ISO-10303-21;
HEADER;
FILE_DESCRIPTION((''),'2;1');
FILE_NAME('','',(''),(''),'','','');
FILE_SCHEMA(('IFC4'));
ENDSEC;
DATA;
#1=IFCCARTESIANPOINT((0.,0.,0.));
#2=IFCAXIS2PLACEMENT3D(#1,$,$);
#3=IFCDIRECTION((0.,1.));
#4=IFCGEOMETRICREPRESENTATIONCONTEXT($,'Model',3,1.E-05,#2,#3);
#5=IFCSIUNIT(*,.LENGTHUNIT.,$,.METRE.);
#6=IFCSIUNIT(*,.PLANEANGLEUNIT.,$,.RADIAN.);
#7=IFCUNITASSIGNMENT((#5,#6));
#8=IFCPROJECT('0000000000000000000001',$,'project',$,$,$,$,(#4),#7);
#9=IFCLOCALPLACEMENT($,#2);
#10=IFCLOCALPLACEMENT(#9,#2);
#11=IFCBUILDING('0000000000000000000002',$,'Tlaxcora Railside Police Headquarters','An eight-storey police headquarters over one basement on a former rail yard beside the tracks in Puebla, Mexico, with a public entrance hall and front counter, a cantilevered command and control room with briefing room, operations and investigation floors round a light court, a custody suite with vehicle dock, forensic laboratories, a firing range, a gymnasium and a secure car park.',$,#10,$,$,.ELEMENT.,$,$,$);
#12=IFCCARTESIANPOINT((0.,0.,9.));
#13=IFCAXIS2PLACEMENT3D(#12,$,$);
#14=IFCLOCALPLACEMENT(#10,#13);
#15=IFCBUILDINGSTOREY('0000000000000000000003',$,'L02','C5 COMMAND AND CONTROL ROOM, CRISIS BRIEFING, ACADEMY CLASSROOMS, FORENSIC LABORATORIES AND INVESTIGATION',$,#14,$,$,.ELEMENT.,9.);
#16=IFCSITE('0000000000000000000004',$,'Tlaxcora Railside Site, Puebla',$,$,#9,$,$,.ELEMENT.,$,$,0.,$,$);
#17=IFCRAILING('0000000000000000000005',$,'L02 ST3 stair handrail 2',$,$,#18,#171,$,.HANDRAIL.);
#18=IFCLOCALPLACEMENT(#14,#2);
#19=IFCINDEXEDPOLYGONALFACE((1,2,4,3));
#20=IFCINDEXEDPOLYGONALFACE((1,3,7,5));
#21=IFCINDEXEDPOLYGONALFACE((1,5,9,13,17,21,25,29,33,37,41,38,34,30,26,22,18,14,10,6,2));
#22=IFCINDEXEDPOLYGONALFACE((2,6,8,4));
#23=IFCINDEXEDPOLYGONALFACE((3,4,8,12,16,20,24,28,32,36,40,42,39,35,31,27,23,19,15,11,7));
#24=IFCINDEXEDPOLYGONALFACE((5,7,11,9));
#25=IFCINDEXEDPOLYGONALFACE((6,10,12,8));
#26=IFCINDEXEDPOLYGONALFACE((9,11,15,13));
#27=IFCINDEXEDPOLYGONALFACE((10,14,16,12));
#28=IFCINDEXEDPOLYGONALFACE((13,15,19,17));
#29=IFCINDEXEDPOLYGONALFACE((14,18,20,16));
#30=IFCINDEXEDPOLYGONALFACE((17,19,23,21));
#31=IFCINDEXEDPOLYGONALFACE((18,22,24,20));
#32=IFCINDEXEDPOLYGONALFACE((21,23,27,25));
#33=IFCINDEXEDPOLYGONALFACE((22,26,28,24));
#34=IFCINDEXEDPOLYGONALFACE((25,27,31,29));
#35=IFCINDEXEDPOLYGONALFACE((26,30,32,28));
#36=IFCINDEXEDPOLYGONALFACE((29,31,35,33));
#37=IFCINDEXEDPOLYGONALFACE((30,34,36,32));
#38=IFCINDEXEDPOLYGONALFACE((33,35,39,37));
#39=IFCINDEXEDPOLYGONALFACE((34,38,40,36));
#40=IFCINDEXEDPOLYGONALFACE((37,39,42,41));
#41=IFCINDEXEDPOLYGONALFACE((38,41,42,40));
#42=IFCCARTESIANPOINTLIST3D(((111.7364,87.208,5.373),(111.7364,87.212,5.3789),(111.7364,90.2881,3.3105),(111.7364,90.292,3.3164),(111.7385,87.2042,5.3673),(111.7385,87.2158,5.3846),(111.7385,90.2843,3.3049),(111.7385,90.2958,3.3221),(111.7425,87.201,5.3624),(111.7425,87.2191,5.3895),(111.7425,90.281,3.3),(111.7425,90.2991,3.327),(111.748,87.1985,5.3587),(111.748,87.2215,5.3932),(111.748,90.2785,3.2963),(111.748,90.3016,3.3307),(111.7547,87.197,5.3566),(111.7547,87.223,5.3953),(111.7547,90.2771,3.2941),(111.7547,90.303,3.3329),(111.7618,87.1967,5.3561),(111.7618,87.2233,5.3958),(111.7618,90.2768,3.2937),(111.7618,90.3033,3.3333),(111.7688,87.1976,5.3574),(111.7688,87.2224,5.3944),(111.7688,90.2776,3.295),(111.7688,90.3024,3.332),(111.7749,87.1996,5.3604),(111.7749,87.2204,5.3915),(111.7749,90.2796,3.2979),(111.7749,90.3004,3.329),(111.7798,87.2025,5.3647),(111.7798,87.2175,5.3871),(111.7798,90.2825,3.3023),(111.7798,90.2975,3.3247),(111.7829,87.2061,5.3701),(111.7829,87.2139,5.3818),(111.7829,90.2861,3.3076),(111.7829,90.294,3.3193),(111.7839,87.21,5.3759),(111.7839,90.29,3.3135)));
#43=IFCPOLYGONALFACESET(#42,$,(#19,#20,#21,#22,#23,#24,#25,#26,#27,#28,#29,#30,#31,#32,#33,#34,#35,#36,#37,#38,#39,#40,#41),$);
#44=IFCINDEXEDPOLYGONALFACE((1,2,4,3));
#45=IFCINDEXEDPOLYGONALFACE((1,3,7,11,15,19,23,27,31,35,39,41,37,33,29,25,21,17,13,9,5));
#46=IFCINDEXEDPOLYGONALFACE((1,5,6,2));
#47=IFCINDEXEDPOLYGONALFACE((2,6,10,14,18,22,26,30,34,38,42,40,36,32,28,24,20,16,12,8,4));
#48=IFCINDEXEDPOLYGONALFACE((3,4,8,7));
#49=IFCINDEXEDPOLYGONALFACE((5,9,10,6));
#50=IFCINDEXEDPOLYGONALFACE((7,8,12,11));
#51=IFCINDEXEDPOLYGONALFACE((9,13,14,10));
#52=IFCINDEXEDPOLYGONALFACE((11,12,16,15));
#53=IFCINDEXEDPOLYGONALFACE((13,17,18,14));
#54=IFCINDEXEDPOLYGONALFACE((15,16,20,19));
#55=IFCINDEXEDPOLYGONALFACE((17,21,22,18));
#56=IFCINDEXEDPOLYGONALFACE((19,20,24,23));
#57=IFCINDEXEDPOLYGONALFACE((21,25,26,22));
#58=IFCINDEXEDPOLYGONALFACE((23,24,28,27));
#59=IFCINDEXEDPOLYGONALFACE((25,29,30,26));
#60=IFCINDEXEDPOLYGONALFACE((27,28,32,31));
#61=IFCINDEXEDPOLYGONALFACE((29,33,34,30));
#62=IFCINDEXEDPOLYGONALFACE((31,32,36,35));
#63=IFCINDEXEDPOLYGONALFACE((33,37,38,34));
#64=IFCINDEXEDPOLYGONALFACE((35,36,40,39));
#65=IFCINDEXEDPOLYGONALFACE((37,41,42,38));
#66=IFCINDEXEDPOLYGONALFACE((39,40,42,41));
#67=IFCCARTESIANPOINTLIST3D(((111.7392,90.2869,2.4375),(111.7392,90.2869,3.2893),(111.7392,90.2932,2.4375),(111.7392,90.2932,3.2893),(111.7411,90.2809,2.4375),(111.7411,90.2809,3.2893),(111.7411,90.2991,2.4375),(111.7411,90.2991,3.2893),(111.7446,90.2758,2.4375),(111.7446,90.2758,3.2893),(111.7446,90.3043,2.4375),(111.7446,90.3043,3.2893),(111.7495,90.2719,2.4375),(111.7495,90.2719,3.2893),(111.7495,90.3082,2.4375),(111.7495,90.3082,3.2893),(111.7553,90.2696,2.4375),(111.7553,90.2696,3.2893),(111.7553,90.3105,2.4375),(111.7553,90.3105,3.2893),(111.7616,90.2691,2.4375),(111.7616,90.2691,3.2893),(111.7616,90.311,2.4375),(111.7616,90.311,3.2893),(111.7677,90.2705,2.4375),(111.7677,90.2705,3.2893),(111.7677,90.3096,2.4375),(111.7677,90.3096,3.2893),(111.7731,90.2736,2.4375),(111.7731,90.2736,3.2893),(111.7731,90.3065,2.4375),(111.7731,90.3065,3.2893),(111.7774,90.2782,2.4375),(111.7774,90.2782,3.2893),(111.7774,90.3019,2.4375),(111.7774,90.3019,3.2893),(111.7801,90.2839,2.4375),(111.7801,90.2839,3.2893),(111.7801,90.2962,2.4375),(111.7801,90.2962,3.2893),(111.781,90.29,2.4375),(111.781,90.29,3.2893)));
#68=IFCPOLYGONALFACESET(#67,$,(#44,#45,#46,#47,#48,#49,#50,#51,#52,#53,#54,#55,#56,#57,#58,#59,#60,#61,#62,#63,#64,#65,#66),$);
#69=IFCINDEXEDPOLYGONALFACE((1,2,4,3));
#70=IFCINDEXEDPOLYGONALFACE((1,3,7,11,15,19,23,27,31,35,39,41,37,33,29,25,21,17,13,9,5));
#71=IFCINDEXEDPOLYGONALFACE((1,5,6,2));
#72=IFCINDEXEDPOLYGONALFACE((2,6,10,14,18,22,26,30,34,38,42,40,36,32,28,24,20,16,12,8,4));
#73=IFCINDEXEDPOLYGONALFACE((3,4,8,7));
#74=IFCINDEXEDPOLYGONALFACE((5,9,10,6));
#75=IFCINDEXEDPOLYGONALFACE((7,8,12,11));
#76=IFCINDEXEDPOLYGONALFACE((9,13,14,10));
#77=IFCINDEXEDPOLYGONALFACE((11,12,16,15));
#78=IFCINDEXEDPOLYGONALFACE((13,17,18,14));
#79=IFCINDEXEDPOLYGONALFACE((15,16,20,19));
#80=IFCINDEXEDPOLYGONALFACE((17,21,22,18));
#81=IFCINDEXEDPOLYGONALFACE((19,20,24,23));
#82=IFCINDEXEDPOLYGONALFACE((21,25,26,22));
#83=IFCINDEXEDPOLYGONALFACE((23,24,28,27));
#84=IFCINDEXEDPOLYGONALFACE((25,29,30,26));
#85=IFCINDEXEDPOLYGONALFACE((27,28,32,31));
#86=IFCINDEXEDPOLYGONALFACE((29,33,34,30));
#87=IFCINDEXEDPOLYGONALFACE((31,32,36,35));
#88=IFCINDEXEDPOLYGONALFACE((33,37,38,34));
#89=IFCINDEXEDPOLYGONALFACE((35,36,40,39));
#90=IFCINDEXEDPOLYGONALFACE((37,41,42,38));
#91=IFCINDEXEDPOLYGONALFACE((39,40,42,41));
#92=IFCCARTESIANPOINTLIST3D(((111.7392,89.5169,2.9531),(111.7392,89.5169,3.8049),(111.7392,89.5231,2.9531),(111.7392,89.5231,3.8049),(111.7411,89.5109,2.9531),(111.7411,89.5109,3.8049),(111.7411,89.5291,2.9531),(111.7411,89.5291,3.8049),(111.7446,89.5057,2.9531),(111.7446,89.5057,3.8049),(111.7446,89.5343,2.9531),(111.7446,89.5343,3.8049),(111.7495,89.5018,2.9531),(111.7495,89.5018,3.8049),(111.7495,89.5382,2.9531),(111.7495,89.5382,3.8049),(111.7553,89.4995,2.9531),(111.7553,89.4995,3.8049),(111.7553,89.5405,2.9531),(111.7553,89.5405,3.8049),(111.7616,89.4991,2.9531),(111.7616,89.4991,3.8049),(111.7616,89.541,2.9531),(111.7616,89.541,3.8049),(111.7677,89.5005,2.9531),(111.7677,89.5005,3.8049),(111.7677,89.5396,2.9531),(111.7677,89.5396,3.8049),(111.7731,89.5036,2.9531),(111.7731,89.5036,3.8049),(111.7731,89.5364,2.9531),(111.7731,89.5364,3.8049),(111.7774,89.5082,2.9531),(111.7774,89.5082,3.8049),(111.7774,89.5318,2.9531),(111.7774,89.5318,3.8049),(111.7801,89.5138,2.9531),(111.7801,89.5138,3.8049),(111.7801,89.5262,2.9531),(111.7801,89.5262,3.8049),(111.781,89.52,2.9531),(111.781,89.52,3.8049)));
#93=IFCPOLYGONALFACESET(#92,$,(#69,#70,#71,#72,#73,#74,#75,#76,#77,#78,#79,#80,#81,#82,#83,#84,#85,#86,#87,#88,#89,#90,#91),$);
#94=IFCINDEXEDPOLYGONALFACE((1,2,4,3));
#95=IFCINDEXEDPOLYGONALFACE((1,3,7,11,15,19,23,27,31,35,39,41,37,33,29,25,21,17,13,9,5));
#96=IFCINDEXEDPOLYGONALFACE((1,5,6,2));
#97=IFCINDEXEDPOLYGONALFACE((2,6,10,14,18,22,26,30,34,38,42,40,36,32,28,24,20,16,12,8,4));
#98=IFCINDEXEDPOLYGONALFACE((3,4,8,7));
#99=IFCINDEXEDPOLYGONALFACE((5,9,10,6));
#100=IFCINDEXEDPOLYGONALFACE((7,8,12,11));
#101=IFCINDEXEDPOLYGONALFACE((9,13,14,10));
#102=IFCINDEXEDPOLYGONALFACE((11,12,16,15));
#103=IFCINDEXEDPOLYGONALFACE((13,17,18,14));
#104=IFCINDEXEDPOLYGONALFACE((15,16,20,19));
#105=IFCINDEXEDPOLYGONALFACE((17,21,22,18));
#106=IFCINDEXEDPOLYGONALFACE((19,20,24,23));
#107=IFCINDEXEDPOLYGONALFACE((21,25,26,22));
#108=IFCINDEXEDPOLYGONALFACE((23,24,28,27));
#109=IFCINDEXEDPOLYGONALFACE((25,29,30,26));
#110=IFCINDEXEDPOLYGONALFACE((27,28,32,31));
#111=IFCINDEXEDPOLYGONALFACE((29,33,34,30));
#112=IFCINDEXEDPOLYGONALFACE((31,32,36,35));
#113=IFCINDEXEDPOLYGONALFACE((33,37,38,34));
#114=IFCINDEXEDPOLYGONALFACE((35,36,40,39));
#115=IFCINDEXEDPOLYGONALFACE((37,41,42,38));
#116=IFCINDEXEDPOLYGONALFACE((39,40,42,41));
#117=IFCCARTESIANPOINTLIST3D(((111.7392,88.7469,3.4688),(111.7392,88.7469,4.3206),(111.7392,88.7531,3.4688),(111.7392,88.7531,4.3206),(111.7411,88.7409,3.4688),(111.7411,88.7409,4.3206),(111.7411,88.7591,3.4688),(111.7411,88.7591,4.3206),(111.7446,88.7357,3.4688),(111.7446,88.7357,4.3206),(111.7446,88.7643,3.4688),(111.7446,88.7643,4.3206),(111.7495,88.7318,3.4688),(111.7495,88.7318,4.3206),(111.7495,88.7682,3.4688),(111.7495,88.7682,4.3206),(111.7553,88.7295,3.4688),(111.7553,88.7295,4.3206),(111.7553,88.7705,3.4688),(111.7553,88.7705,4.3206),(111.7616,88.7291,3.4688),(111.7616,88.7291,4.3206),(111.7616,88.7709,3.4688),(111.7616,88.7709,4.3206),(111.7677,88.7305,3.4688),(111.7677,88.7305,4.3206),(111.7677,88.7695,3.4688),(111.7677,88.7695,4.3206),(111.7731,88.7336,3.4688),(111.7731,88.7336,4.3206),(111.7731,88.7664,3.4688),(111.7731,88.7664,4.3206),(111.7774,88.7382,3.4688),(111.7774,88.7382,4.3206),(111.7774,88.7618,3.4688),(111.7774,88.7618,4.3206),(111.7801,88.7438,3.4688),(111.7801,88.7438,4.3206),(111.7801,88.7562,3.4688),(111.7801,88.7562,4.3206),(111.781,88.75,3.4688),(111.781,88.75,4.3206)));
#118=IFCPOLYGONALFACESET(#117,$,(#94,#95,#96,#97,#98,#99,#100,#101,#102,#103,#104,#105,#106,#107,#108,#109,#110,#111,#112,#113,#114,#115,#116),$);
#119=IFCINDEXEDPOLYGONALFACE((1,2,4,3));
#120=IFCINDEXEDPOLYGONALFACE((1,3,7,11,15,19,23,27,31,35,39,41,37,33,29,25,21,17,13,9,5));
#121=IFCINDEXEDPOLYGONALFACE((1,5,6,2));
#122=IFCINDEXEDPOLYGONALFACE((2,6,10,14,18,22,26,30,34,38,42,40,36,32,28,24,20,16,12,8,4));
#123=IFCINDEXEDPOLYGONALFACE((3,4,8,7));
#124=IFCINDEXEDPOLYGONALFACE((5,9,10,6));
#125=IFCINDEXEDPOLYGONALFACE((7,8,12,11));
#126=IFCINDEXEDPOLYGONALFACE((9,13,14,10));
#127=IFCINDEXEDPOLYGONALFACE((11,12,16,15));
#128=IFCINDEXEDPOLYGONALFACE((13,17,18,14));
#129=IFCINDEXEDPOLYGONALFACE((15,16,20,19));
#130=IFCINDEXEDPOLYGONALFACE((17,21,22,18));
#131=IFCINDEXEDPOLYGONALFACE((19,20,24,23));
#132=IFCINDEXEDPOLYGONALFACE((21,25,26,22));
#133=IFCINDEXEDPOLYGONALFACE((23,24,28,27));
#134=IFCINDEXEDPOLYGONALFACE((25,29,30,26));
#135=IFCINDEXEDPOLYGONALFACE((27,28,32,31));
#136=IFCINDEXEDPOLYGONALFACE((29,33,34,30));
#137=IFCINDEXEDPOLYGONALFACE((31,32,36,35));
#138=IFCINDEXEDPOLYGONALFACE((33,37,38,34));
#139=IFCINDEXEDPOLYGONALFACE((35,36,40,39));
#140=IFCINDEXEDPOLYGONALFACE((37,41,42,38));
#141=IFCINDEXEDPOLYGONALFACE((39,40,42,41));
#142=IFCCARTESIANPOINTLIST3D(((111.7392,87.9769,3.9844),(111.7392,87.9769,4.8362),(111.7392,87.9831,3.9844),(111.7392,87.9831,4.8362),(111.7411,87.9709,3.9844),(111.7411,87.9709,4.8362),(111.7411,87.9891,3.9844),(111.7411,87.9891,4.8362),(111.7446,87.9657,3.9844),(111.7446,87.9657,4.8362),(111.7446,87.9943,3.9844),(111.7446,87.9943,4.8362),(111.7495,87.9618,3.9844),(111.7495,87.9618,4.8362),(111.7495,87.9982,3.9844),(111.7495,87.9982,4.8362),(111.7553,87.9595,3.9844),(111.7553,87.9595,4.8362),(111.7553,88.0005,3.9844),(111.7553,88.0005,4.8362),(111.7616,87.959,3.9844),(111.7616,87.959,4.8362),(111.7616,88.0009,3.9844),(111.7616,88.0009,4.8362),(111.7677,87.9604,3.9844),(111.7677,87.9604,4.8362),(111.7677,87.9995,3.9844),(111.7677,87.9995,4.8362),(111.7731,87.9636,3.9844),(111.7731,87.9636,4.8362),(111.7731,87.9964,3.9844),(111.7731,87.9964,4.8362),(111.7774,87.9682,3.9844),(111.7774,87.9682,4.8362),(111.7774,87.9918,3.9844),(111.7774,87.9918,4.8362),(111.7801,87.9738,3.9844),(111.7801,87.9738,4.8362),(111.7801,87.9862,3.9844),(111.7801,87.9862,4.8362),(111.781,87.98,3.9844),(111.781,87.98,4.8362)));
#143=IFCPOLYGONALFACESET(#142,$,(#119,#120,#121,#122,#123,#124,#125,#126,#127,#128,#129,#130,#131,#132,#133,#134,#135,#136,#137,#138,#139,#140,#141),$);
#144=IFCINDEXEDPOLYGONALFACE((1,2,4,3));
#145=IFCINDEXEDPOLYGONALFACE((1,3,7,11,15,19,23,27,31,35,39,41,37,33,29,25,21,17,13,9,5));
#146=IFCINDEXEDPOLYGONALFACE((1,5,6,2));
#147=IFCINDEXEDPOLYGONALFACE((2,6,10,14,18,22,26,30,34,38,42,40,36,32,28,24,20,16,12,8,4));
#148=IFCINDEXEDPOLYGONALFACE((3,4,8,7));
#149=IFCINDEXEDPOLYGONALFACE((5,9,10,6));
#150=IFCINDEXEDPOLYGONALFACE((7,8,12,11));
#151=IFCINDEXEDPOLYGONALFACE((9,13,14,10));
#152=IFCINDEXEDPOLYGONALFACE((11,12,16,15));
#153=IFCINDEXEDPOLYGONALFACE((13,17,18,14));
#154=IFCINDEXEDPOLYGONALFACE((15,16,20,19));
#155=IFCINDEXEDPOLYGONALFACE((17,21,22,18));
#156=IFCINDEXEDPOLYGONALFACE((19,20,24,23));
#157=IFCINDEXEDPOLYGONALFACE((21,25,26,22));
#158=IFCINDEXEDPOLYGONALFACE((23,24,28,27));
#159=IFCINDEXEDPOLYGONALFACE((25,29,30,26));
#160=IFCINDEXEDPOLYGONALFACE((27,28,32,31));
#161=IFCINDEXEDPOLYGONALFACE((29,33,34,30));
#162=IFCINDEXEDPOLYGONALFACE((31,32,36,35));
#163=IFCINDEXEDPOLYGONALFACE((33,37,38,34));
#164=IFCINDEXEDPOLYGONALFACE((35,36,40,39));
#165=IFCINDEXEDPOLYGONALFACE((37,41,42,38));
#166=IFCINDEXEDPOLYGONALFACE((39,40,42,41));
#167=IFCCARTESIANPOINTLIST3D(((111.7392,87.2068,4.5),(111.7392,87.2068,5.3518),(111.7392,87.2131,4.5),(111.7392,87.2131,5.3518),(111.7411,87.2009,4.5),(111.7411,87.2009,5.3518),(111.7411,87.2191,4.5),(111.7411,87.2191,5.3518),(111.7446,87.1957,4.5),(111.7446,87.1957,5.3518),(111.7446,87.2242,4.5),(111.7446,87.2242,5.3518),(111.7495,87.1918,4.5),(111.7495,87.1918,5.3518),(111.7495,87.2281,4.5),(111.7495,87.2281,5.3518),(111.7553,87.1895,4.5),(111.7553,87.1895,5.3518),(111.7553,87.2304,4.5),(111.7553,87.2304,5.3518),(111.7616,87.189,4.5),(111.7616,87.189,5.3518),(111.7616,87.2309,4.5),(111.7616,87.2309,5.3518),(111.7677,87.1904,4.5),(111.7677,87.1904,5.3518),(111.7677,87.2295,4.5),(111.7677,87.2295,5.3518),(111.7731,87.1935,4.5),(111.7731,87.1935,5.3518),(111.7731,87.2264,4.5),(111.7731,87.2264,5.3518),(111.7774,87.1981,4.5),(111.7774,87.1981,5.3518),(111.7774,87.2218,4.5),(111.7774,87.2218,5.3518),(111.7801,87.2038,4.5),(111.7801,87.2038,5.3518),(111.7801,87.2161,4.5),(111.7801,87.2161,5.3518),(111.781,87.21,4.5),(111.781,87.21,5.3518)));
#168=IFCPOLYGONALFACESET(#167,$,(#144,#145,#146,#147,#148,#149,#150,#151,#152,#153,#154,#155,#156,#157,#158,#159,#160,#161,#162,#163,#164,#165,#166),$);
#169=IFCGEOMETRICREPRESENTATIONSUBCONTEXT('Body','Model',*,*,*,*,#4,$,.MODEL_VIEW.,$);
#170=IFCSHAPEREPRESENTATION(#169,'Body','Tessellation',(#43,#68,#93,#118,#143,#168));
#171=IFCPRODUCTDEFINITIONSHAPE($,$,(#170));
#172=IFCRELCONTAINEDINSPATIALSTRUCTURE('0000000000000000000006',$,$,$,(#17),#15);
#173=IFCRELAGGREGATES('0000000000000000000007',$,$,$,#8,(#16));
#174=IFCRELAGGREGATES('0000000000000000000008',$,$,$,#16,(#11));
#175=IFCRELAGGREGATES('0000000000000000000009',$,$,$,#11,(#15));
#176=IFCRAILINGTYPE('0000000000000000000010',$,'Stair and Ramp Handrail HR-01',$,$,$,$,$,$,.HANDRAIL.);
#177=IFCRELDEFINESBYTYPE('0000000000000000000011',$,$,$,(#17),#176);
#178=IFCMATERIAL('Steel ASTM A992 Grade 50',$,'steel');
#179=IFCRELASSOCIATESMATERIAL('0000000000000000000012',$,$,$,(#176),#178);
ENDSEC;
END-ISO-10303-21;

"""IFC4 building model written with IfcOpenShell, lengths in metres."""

from ifc_helpers import new_model, si_unit, direction, frame, origin, origin_2d, place, context, subcontext, project, spatial, circle, extrude, material, type_object, element, save


model = new_model("IFC4")

# Units and contexts
model_context = context("Model", 3, precision=1e-05, world=origin(), true_north=direction((0.0, 1.0)))
body_context = subcontext(model_context, "Body", "Model", "MODEL_VIEW")
ifc_project = project(units=[si_unit("LENGTHUNIT", "METRE"), si_unit("PLANEANGLEUNIT", "RADIAN")], contexts=[model_context])

# Site, building, storey
site_placement = place(None, origin())
site = spatial("IfcSite", under=ifc_project, at=site_placement, Name="Tlaxcora Railside Site, Puebla", CompositionType="ELEMENT", RefElevation=0.0)
building_placement = place(site_placement, origin())
building = spatial("IfcBuilding", under=site, at=building_placement, Name="Tlaxcora Railside Police Headquarters", Description="An eight-storey police headquarters over one basement on a former rail yard beside the tracks in Puebla, Mexico, with a public entrance hall and front counter, a cantilevered command and control room with briefing room, operations and investigation floors round a light court, a custody suite with vehicle dock, forensic laboratories, a firing range, a gymnasium and a secure car park.", CompositionType="ELEMENT")
storey_placement = place(building_placement, frame((0.0, 0.0, 9.0)))
storey = spatial("IfcBuildingStorey", under=building, at=storey_placement, Name="L02", Description="C5 COMMAND AND CONTROL ROOM, CRISIS BRIEFING, ACADEMY CLASSROOMS, FORENSIC LABORATORIES AND INVESTIGATION", CompositionType="ELEMENT", Elevation=9.0)

# Shared definitions
ifc_material_1 = material(Name="Steel ASTM A992 Grade 50", Category="steel")

# Railing
railing_type_1 = type_object("IfcRailingType", Name="Stair and Ramp Handrail HR-01", PredefinedType="HANDRAIL", material=ifc_material_1)
railing_1_placement = place(storey_placement, frame((111.76, 90.29, 2.4375)))
element("IfcRailing", 1, at=railing_1_placement, inside=storey, type_object=railing_type_1, Name="L02 ST3 stair handrail 2", PredefinedType="HANDRAIL", context=body_context, shape_type="SweptSolid", body=[
    extrude(circle(Radius=0.0239, at=origin_2d()), frame((0.0, 0.0, 0.876), z_axis=(0.0, -0.830914, 0.556401), x_axis=(1.0, 0.0, 0.0)), (0.0, 0.0, 1.0), 3.7068),
    extrude(circle(Radius=0.021, at=origin_2d()), origin(), (0.0, 0.0, 1.0), 0.8518),
    extrude(circle(Radius=0.021, at=origin_2d()), frame((0.0, -0.77, 0.5156)), (0.0, 0.0, 1.0), 0.8518),
    extrude(circle(Radius=0.021, at=origin_2d()), frame((0.0, -1.54, 1.0312)), (0.0, 0.0, 1.0), 0.8518),
    extrude(circle(Radius=0.021, at=origin_2d()), frame((0.0, -2.3101, 1.5469)), (0.0, 0.0, 1.0), 0.8518),
    extrude(circle(Radius=0.021, at=origin_2d()), frame((0.0, -3.0801, 2.0625)), (0.0, 0.0, 1.0), 0.8518),
])

save(model, "model.ifc")
